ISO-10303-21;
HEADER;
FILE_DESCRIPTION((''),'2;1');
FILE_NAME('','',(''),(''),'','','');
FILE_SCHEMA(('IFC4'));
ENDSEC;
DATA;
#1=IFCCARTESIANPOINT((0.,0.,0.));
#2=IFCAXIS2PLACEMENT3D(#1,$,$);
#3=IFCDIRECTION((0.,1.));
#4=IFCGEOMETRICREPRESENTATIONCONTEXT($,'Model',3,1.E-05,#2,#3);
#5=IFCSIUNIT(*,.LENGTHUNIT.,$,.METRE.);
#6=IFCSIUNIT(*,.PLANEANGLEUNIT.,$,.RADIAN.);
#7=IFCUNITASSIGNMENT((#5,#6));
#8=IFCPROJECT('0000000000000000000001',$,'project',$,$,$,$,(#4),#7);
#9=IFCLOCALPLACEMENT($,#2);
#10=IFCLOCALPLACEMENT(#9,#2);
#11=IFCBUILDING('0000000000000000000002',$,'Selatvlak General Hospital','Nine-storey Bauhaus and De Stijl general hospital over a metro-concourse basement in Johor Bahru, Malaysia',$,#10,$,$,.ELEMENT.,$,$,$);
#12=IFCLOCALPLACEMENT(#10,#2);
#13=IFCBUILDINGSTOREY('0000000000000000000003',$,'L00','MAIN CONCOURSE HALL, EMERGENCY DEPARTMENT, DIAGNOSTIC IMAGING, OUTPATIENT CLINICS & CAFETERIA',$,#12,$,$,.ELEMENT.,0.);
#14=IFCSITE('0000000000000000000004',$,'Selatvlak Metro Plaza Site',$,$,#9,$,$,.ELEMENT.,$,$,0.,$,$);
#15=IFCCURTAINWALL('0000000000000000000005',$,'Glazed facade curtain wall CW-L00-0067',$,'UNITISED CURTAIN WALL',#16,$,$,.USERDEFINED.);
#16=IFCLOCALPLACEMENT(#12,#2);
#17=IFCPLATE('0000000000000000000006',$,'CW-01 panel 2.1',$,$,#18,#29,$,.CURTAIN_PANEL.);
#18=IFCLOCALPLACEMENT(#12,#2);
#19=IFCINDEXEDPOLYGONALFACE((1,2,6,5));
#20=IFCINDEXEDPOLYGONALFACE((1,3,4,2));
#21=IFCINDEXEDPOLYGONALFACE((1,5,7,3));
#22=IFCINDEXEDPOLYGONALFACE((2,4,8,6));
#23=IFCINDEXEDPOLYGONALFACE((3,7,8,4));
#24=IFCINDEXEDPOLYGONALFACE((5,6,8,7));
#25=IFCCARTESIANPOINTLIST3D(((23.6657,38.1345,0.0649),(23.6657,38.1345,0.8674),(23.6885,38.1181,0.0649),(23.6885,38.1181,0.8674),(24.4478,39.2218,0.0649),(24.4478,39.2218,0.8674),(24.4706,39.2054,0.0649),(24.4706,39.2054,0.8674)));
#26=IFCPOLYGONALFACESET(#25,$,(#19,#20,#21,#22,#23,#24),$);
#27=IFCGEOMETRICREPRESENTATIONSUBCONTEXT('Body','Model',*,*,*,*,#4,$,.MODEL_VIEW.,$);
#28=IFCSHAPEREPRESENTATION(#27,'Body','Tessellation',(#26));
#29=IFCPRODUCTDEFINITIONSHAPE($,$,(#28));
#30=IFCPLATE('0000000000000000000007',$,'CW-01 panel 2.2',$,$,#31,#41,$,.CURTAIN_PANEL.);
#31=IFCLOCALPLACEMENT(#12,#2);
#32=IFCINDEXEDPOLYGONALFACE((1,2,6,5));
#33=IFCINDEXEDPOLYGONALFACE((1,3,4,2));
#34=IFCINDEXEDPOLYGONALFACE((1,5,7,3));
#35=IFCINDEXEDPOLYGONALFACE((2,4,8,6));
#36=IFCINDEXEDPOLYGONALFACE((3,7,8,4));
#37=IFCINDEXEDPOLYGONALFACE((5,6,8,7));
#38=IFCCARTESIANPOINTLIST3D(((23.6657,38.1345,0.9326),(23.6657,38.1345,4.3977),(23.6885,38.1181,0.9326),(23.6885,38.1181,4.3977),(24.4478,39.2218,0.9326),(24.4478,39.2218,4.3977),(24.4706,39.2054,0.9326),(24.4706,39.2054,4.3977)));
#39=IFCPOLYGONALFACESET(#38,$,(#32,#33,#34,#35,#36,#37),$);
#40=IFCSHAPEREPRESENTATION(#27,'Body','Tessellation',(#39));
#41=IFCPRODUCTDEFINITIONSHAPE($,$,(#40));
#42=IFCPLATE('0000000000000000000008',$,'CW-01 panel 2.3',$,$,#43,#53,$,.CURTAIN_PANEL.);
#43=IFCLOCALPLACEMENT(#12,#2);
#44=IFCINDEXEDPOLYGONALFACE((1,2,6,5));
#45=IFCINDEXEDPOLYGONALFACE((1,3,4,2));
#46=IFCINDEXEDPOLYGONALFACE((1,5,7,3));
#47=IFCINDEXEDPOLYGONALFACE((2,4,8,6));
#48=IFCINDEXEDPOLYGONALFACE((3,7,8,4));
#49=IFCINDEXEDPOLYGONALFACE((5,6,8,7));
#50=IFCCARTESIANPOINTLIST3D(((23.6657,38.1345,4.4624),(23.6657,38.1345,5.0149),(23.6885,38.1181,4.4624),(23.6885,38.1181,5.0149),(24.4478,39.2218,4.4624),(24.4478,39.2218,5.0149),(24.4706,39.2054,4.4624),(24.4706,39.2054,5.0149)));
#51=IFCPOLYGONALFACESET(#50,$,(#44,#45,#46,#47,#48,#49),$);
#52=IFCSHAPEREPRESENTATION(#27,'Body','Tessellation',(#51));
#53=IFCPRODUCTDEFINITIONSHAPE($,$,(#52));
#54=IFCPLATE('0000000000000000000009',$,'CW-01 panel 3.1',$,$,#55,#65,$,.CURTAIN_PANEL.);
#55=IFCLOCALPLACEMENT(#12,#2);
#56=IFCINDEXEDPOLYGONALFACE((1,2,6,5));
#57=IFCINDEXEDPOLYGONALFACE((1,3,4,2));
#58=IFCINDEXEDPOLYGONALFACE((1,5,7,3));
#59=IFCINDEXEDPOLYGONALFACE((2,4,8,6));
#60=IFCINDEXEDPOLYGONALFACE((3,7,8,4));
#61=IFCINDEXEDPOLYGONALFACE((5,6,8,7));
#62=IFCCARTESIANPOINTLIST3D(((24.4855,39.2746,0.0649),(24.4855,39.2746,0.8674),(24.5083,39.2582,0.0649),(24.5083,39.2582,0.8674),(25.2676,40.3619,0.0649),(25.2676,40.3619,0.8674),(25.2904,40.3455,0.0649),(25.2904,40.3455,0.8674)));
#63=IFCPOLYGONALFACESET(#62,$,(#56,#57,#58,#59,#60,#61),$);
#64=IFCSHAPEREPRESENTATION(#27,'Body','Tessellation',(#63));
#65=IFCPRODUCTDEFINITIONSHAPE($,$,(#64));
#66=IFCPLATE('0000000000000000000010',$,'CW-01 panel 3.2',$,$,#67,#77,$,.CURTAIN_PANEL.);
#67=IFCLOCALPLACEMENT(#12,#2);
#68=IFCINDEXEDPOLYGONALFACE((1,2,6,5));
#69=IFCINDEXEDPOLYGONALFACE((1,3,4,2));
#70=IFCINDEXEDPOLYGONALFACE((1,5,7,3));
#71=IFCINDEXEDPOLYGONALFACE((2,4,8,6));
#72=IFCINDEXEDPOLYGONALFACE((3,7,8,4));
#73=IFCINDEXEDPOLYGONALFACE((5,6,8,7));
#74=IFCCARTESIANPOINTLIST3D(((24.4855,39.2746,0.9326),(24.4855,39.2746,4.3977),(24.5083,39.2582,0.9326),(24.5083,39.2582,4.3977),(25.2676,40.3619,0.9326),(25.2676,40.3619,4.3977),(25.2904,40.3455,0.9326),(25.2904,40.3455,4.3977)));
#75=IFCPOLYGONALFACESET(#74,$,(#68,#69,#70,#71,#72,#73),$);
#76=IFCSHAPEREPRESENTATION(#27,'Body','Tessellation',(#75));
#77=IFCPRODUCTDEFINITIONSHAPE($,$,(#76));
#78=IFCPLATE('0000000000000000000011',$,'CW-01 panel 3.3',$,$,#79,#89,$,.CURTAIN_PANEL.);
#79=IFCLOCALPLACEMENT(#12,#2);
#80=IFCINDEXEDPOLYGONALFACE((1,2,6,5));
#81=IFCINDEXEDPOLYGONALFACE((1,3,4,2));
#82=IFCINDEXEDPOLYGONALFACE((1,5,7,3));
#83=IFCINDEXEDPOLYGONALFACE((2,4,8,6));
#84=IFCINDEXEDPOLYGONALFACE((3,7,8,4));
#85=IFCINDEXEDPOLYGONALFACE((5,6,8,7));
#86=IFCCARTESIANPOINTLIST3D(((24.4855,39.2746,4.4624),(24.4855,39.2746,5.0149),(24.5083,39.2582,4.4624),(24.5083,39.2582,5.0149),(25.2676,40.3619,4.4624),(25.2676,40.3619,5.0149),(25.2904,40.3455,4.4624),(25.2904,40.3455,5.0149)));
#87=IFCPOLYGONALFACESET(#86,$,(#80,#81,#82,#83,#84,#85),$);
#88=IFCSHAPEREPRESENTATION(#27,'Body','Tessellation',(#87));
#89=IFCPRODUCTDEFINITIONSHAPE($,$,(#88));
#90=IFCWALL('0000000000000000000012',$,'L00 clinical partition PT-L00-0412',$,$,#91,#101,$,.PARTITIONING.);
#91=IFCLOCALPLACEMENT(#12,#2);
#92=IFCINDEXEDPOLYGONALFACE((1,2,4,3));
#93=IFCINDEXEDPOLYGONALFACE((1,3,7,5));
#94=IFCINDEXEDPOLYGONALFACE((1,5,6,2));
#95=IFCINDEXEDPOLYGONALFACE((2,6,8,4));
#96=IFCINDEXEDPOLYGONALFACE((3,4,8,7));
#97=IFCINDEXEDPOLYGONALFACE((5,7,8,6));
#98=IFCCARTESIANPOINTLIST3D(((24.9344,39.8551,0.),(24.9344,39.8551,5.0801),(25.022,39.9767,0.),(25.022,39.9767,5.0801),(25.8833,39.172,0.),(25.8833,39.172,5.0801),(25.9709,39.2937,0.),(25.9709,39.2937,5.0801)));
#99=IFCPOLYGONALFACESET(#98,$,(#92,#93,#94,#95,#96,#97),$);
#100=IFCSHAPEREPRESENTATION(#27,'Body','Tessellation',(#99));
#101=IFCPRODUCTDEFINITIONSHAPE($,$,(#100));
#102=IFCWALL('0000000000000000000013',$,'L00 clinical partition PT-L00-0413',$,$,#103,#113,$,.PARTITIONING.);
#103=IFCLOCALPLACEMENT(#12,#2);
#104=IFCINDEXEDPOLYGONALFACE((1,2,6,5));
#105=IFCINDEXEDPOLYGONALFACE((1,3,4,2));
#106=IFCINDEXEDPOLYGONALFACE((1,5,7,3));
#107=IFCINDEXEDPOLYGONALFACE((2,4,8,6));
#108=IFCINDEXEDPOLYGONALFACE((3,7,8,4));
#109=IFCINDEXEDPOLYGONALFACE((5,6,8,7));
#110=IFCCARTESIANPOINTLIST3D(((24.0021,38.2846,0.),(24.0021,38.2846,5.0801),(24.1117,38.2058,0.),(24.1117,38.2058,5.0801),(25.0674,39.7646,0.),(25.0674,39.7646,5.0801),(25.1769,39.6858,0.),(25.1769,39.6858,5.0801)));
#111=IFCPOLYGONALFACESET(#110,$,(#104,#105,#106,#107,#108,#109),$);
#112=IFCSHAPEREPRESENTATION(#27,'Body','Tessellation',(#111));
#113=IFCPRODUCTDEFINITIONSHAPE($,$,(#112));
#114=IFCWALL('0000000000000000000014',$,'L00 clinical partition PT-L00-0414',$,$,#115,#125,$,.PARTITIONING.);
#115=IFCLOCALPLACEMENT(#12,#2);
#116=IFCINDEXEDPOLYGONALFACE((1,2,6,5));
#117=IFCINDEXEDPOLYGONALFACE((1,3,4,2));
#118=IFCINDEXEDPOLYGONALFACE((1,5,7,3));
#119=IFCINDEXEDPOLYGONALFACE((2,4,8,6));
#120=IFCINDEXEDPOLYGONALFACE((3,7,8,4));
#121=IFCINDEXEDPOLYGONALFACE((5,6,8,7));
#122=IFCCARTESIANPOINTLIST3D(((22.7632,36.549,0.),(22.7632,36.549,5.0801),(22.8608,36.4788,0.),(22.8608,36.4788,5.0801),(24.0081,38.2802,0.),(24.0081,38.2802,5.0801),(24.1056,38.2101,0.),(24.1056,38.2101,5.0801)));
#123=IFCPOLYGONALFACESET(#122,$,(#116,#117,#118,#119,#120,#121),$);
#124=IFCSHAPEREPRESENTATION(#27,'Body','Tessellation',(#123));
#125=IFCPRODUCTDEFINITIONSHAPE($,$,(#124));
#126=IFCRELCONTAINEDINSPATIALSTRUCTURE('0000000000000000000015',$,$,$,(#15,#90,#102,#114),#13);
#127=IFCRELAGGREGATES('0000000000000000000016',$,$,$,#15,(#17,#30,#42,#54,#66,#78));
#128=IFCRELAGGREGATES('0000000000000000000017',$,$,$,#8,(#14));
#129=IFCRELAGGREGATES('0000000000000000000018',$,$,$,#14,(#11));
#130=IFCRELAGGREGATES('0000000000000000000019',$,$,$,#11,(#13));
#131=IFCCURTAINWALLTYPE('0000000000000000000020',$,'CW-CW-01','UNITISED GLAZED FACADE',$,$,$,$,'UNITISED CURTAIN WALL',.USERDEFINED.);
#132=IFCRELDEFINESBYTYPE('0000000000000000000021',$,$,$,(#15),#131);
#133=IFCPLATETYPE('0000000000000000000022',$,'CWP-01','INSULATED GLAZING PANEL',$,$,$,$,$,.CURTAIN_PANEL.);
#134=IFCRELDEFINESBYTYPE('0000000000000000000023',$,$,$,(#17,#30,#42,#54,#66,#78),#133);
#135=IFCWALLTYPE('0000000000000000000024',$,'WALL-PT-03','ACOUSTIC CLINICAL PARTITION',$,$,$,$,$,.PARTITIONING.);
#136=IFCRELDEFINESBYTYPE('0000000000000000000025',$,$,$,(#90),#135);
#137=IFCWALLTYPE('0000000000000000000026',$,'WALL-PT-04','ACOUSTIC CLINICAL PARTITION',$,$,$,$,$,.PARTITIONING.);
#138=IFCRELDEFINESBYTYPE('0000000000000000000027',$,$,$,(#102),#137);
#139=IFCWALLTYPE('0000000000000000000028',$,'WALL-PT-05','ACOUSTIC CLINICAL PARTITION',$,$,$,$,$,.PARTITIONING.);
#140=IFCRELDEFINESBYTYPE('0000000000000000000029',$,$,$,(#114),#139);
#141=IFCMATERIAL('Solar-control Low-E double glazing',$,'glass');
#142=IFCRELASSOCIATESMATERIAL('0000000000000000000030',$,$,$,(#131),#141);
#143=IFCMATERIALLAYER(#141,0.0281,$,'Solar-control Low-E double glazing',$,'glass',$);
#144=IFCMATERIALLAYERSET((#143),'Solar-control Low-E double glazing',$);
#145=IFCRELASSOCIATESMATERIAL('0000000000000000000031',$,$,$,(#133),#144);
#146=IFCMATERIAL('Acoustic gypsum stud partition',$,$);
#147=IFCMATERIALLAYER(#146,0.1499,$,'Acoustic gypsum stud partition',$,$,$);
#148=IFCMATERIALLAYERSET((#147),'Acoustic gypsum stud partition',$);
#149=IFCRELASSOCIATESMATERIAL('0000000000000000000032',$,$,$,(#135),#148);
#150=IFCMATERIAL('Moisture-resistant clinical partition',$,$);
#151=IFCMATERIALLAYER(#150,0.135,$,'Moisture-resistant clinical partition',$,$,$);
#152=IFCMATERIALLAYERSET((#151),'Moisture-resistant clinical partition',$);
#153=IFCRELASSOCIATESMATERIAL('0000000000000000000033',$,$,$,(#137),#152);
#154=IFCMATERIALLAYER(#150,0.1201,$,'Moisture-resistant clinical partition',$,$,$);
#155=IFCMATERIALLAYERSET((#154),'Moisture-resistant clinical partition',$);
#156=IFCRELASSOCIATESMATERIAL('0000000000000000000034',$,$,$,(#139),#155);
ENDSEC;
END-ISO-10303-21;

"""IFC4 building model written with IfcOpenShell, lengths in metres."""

from ifc_helpers import new_model, si_unit, direction, frame, frame_2d, origin, origin_2d, place, context, subcontext, project, spatial, rectangle, extrude, material, layer, layer_set, type_object, element, aggregate, save


model = new_model("IFC4")

# Units and contexts
model_context = context("Model", 3, precision=1e-05, world=origin(), true_north=direction((0.0, 1.0)))
body_context = subcontext(model_context, "Body", "Model", "MODEL_VIEW")
ifc_project = project(units=[si_unit("LENGTHUNIT", "METRE"), si_unit("PLANEANGLEUNIT", "RADIAN")], contexts=[model_context])

# Site, building, storey
site_placement = place(None, origin())
site = spatial("IfcSite", under=ifc_project, at=site_placement, Name="Selatvlak Metro Plaza Site", CompositionType="ELEMENT", RefElevation=0.0)
building_placement = place(site_placement, origin())
building = spatial("IfcBuilding", under=site, at=building_placement, Name="Selatvlak General Hospital", Description="Nine-storey Bauhaus and De Stijl general hospital over a metro-concourse basement in Johor Bahru, Malaysia", CompositionType="ELEMENT")
storey_placement = place(building_placement, origin())
storey = spatial("IfcBuildingStorey", under=building, at=storey_placement, Name="L00", Description="MAIN CONCOURSE HALL, EMERGENCY DEPARTMENT, DIAGNOSTIC IMAGING, OUTPATIENT CLINICS & CAFETERIA", CompositionType="ELEMENT", Elevation=0.0)

# Curtain wall, plates
ifc_material_1 = material(Name="Solar-control Low-E double glazing", Category="glass")
curtain_wall_type = type_object("IfcCurtainWallType", Name="CW-CW-01", Description="UNITISED GLAZED FACADE", ElementType="UNITISED CURTAIN WALL", PredefinedType="USERDEFINED", material=ifc_material_1)
curtain_wall_placement = place(storey_placement, origin())
curtain_wall = element("IfcCurtainWall", 1, at=curtain_wall_placement, inside=storey, type_object=curtain_wall_type, Name="Glazed facade curtain wall CW-L00-0067", ObjectType="UNITISED CURTAIN WALL", PredefinedType="USERDEFINED")
ifc_layer_1 = layer(ifc_material_1, 0.0281, Name="Solar-control Low-E double glazing", Category="glass")
ifc_layer_set_1 = layer_set([ifc_layer_1], Name="Solar-control Low-E double glazing")
plate_type = type_object("IfcPlateType", Name="CWP-01", Description="INSULATED GLAZING PANEL", PredefinedType="CURTAIN_PANEL", material=ifc_layer_set_1)
plate_1_placement = place(storey_placement, frame((24.0681, 38.6699, 0.0649), z_axis=(0.0, 0.0, 1.0), x_axis=(0.583929, 0.811804, 0.0)))
plate_1 = element("IfcPlate", 2, at=plate_1_placement, type_object=plate_type, Name="CW-01 panel 2.1", PredefinedType="CURTAIN_PANEL", context=body_context, shape_type="SweptSolid", body=[
    extrude(rectangle(XDim=1.3394, YDim=0.0281, at=origin_2d()), origin(), (0.0, 0.0, 1.0), 0.8025),
])
plate_2_placement = place(storey_placement, frame((24.0681, 38.6699, 0.9326), z_axis=(0.0, 0.0, 1.0), x_axis=(0.583929, 0.811804, 0.0)))
plate_2 = element("IfcPlate", 3, at=plate_2_placement, type_object=plate_type, Name="CW-01 panel 2.2", PredefinedType="CURTAIN_PANEL", context=body_context, shape_type="SweptSolid", body=[
    extrude(rectangle(XDim=1.3394, YDim=0.0281, at=origin_2d()), origin(), (0.0, 0.0, 1.0), 3.4651),
])
plate_3_placement = place(storey_placement, frame((24.0681, 38.6699, 4.4624), z_axis=(0.0, 0.0, 1.0), x_axis=(0.583929, 0.811804, 0.0)))
plate_3 = element("IfcPlate", 4, at=plate_3_placement, type_object=plate_type, Name="CW-01 panel 2.3", PredefinedType="CURTAIN_PANEL", context=body_context, shape_type="SweptSolid", body=[
    extrude(rectangle(XDim=1.3394, YDim=0.0281, at=origin_2d()), origin(), (0.0, 0.0, 1.0), 0.5525),
])
plate_4_placement = place(storey_placement, frame((24.8879, 39.8101, 0.0649), z_axis=(0.0, 0.0, 1.0), x_axis=(0.583929, 0.811804, 0.0)))
plate_4 = element("IfcPlate", 5, at=plate_4_placement, type_object=plate_type, Name="CW-01 panel 3.1", PredefinedType="CURTAIN_PANEL", context=body_context, shape_type="SweptSolid", body=[
    extrude(rectangle(XDim=1.3394, YDim=0.0281, at=origin_2d()), origin(), (0.0, 0.0, 1.0), 0.8025),
])
plate_5_placement = place(storey_placement, frame((24.8879, 39.8101, 0.9326), z_axis=(0.0, 0.0, 1.0), x_axis=(0.583929, 0.811804, 0.0)))
plate_5 = element("IfcPlate", 6, at=plate_5_placement, type_object=plate_type, Name="CW-01 panel 3.2", PredefinedType="CURTAIN_PANEL", context=body_context, shape_type="SweptSolid", body=[
    extrude(rectangle(XDim=1.3394, YDim=0.0281, at=origin_2d()), origin(), (0.0, 0.0, 1.0), 3.4651),
])
plate_6_placement = place(storey_placement, frame((24.8879, 39.8101, 4.4624), z_axis=(0.0, 0.0, 1.0), x_axis=(0.583929, 0.811804, 0.0)))
plate_6 = element("IfcPlate", 7, at=plate_6_placement, type_object=plate_type, Name="CW-01 panel 3.3", PredefinedType="CURTAIN_PANEL", context=body_context, shape_type="SweptSolid", body=[
    extrude(rectangle(XDim=1.3394, YDim=0.0281, at=origin_2d()), origin(), (0.0, 0.0, 1.0), 0.5525),
])
aggregate(curtain_wall, [plate_1, plate_2, plate_3, plate_4, plate_5, plate_6])

# Walls
ifc_material_2 = material(Name="Acoustic gypsum stud partition")
ifc_layer_2 = layer(ifc_material_2, 0.1499, Name="Acoustic gypsum stud partition")
ifc_layer_set_2 = layer_set([ifc_layer_2], Name="Acoustic gypsum stud partition")
wall_type_1 = type_object("IfcWallType", Name="WALL-PT-03", Description="ACOUSTIC CLINICAL PARTITION", PredefinedType="PARTITIONING", material=ifc_layer_set_2)
wall_1_placement = place(storey_placement, frame((25.927, 39.2329, 0.0), z_axis=(0.0, 0.0, 1.0), x_axis=(-0.811598, 0.584217, 0.0)))
element("IfcWall", 8, at=wall_1_placement, inside=storey, type_object=wall_type_1, Name="L00 clinical partition PT-L00-0412", PredefinedType="PARTITIONING", context=body_context, shape_type="SweptSolid", body=[
    extrude(rectangle(XDim=1.1692, YDim=0.1499, at=frame_2d((0.5845, 0.0))), origin(), (0.0, 0.0, 1.0), 5.0801),
])
ifc_material_3 = material(Name="Moisture-resistant clinical partition")
ifc_layer_3 = layer(ifc_material_3, 0.135, Name="Moisture-resistant clinical partition")
ifc_layer_set_3 = layer_set([ifc_layer_3], Name="Moisture-resistant clinical partition")
wall_type_2 = type_object("IfcWallType", Name="WALL-PT-04", Description="ACOUSTIC CLINICAL PARTITION", PredefinedType="PARTITIONING", material=ifc_layer_set_3)
wall_2_placement = place(storey_placement, frame((25.1221, 39.7251, 0.0), z_axis=(0.0, 0.0, 1.0), x_axis=(-0.58416, -0.811638, 0.0)))
element("IfcWall", 9, at=wall_2_placement, inside=storey, type_object=wall_type_2, Name="L00 clinical partition PT-L00-0413", PredefinedType="PARTITIONING", context=body_context, shape_type="SweptSolid", body=[
    extrude(rectangle(XDim=1.8235, YDim=0.135, at=frame_2d((0.9116, 0.0))), origin(), (0.0, 0.0, 1.0), 5.0801),
])
ifc_layer_4 = layer(ifc_material_3, 0.1201, Name="Moisture-resistant clinical partition")
ifc_layer_set_4 = layer_set([ifc_layer_4], Name="Moisture-resistant clinical partition")
wall_type_3 = type_object("IfcWallType", Name="WALL-PT-05", Description="ACOUSTIC CLINICAL PARTITION", PredefinedType="PARTITIONING", material=ifc_layer_set_4)
wall_3_placement = place(storey_placement, frame((24.0569, 38.2451, 0.0), z_axis=(0.0, 0.0, 1.0), x_axis=(-0.583813, -0.811888, 0.0)))
element("IfcWall", 10, at=wall_3_placement, inside=storey, type_object=wall_type_3, Name="L00 clinical partition PT-L00-0414", PredefinedType="PARTITIONING", context=body_context, shape_type="SweptSolid", body=[
    extrude(rectangle(XDim=2.1323, YDim=0.1201, at=frame_2d((1.0662, 0.0))), origin(), (0.0, 0.0, 1.0), 5.0801),
])

save(model, "model.ifc")
